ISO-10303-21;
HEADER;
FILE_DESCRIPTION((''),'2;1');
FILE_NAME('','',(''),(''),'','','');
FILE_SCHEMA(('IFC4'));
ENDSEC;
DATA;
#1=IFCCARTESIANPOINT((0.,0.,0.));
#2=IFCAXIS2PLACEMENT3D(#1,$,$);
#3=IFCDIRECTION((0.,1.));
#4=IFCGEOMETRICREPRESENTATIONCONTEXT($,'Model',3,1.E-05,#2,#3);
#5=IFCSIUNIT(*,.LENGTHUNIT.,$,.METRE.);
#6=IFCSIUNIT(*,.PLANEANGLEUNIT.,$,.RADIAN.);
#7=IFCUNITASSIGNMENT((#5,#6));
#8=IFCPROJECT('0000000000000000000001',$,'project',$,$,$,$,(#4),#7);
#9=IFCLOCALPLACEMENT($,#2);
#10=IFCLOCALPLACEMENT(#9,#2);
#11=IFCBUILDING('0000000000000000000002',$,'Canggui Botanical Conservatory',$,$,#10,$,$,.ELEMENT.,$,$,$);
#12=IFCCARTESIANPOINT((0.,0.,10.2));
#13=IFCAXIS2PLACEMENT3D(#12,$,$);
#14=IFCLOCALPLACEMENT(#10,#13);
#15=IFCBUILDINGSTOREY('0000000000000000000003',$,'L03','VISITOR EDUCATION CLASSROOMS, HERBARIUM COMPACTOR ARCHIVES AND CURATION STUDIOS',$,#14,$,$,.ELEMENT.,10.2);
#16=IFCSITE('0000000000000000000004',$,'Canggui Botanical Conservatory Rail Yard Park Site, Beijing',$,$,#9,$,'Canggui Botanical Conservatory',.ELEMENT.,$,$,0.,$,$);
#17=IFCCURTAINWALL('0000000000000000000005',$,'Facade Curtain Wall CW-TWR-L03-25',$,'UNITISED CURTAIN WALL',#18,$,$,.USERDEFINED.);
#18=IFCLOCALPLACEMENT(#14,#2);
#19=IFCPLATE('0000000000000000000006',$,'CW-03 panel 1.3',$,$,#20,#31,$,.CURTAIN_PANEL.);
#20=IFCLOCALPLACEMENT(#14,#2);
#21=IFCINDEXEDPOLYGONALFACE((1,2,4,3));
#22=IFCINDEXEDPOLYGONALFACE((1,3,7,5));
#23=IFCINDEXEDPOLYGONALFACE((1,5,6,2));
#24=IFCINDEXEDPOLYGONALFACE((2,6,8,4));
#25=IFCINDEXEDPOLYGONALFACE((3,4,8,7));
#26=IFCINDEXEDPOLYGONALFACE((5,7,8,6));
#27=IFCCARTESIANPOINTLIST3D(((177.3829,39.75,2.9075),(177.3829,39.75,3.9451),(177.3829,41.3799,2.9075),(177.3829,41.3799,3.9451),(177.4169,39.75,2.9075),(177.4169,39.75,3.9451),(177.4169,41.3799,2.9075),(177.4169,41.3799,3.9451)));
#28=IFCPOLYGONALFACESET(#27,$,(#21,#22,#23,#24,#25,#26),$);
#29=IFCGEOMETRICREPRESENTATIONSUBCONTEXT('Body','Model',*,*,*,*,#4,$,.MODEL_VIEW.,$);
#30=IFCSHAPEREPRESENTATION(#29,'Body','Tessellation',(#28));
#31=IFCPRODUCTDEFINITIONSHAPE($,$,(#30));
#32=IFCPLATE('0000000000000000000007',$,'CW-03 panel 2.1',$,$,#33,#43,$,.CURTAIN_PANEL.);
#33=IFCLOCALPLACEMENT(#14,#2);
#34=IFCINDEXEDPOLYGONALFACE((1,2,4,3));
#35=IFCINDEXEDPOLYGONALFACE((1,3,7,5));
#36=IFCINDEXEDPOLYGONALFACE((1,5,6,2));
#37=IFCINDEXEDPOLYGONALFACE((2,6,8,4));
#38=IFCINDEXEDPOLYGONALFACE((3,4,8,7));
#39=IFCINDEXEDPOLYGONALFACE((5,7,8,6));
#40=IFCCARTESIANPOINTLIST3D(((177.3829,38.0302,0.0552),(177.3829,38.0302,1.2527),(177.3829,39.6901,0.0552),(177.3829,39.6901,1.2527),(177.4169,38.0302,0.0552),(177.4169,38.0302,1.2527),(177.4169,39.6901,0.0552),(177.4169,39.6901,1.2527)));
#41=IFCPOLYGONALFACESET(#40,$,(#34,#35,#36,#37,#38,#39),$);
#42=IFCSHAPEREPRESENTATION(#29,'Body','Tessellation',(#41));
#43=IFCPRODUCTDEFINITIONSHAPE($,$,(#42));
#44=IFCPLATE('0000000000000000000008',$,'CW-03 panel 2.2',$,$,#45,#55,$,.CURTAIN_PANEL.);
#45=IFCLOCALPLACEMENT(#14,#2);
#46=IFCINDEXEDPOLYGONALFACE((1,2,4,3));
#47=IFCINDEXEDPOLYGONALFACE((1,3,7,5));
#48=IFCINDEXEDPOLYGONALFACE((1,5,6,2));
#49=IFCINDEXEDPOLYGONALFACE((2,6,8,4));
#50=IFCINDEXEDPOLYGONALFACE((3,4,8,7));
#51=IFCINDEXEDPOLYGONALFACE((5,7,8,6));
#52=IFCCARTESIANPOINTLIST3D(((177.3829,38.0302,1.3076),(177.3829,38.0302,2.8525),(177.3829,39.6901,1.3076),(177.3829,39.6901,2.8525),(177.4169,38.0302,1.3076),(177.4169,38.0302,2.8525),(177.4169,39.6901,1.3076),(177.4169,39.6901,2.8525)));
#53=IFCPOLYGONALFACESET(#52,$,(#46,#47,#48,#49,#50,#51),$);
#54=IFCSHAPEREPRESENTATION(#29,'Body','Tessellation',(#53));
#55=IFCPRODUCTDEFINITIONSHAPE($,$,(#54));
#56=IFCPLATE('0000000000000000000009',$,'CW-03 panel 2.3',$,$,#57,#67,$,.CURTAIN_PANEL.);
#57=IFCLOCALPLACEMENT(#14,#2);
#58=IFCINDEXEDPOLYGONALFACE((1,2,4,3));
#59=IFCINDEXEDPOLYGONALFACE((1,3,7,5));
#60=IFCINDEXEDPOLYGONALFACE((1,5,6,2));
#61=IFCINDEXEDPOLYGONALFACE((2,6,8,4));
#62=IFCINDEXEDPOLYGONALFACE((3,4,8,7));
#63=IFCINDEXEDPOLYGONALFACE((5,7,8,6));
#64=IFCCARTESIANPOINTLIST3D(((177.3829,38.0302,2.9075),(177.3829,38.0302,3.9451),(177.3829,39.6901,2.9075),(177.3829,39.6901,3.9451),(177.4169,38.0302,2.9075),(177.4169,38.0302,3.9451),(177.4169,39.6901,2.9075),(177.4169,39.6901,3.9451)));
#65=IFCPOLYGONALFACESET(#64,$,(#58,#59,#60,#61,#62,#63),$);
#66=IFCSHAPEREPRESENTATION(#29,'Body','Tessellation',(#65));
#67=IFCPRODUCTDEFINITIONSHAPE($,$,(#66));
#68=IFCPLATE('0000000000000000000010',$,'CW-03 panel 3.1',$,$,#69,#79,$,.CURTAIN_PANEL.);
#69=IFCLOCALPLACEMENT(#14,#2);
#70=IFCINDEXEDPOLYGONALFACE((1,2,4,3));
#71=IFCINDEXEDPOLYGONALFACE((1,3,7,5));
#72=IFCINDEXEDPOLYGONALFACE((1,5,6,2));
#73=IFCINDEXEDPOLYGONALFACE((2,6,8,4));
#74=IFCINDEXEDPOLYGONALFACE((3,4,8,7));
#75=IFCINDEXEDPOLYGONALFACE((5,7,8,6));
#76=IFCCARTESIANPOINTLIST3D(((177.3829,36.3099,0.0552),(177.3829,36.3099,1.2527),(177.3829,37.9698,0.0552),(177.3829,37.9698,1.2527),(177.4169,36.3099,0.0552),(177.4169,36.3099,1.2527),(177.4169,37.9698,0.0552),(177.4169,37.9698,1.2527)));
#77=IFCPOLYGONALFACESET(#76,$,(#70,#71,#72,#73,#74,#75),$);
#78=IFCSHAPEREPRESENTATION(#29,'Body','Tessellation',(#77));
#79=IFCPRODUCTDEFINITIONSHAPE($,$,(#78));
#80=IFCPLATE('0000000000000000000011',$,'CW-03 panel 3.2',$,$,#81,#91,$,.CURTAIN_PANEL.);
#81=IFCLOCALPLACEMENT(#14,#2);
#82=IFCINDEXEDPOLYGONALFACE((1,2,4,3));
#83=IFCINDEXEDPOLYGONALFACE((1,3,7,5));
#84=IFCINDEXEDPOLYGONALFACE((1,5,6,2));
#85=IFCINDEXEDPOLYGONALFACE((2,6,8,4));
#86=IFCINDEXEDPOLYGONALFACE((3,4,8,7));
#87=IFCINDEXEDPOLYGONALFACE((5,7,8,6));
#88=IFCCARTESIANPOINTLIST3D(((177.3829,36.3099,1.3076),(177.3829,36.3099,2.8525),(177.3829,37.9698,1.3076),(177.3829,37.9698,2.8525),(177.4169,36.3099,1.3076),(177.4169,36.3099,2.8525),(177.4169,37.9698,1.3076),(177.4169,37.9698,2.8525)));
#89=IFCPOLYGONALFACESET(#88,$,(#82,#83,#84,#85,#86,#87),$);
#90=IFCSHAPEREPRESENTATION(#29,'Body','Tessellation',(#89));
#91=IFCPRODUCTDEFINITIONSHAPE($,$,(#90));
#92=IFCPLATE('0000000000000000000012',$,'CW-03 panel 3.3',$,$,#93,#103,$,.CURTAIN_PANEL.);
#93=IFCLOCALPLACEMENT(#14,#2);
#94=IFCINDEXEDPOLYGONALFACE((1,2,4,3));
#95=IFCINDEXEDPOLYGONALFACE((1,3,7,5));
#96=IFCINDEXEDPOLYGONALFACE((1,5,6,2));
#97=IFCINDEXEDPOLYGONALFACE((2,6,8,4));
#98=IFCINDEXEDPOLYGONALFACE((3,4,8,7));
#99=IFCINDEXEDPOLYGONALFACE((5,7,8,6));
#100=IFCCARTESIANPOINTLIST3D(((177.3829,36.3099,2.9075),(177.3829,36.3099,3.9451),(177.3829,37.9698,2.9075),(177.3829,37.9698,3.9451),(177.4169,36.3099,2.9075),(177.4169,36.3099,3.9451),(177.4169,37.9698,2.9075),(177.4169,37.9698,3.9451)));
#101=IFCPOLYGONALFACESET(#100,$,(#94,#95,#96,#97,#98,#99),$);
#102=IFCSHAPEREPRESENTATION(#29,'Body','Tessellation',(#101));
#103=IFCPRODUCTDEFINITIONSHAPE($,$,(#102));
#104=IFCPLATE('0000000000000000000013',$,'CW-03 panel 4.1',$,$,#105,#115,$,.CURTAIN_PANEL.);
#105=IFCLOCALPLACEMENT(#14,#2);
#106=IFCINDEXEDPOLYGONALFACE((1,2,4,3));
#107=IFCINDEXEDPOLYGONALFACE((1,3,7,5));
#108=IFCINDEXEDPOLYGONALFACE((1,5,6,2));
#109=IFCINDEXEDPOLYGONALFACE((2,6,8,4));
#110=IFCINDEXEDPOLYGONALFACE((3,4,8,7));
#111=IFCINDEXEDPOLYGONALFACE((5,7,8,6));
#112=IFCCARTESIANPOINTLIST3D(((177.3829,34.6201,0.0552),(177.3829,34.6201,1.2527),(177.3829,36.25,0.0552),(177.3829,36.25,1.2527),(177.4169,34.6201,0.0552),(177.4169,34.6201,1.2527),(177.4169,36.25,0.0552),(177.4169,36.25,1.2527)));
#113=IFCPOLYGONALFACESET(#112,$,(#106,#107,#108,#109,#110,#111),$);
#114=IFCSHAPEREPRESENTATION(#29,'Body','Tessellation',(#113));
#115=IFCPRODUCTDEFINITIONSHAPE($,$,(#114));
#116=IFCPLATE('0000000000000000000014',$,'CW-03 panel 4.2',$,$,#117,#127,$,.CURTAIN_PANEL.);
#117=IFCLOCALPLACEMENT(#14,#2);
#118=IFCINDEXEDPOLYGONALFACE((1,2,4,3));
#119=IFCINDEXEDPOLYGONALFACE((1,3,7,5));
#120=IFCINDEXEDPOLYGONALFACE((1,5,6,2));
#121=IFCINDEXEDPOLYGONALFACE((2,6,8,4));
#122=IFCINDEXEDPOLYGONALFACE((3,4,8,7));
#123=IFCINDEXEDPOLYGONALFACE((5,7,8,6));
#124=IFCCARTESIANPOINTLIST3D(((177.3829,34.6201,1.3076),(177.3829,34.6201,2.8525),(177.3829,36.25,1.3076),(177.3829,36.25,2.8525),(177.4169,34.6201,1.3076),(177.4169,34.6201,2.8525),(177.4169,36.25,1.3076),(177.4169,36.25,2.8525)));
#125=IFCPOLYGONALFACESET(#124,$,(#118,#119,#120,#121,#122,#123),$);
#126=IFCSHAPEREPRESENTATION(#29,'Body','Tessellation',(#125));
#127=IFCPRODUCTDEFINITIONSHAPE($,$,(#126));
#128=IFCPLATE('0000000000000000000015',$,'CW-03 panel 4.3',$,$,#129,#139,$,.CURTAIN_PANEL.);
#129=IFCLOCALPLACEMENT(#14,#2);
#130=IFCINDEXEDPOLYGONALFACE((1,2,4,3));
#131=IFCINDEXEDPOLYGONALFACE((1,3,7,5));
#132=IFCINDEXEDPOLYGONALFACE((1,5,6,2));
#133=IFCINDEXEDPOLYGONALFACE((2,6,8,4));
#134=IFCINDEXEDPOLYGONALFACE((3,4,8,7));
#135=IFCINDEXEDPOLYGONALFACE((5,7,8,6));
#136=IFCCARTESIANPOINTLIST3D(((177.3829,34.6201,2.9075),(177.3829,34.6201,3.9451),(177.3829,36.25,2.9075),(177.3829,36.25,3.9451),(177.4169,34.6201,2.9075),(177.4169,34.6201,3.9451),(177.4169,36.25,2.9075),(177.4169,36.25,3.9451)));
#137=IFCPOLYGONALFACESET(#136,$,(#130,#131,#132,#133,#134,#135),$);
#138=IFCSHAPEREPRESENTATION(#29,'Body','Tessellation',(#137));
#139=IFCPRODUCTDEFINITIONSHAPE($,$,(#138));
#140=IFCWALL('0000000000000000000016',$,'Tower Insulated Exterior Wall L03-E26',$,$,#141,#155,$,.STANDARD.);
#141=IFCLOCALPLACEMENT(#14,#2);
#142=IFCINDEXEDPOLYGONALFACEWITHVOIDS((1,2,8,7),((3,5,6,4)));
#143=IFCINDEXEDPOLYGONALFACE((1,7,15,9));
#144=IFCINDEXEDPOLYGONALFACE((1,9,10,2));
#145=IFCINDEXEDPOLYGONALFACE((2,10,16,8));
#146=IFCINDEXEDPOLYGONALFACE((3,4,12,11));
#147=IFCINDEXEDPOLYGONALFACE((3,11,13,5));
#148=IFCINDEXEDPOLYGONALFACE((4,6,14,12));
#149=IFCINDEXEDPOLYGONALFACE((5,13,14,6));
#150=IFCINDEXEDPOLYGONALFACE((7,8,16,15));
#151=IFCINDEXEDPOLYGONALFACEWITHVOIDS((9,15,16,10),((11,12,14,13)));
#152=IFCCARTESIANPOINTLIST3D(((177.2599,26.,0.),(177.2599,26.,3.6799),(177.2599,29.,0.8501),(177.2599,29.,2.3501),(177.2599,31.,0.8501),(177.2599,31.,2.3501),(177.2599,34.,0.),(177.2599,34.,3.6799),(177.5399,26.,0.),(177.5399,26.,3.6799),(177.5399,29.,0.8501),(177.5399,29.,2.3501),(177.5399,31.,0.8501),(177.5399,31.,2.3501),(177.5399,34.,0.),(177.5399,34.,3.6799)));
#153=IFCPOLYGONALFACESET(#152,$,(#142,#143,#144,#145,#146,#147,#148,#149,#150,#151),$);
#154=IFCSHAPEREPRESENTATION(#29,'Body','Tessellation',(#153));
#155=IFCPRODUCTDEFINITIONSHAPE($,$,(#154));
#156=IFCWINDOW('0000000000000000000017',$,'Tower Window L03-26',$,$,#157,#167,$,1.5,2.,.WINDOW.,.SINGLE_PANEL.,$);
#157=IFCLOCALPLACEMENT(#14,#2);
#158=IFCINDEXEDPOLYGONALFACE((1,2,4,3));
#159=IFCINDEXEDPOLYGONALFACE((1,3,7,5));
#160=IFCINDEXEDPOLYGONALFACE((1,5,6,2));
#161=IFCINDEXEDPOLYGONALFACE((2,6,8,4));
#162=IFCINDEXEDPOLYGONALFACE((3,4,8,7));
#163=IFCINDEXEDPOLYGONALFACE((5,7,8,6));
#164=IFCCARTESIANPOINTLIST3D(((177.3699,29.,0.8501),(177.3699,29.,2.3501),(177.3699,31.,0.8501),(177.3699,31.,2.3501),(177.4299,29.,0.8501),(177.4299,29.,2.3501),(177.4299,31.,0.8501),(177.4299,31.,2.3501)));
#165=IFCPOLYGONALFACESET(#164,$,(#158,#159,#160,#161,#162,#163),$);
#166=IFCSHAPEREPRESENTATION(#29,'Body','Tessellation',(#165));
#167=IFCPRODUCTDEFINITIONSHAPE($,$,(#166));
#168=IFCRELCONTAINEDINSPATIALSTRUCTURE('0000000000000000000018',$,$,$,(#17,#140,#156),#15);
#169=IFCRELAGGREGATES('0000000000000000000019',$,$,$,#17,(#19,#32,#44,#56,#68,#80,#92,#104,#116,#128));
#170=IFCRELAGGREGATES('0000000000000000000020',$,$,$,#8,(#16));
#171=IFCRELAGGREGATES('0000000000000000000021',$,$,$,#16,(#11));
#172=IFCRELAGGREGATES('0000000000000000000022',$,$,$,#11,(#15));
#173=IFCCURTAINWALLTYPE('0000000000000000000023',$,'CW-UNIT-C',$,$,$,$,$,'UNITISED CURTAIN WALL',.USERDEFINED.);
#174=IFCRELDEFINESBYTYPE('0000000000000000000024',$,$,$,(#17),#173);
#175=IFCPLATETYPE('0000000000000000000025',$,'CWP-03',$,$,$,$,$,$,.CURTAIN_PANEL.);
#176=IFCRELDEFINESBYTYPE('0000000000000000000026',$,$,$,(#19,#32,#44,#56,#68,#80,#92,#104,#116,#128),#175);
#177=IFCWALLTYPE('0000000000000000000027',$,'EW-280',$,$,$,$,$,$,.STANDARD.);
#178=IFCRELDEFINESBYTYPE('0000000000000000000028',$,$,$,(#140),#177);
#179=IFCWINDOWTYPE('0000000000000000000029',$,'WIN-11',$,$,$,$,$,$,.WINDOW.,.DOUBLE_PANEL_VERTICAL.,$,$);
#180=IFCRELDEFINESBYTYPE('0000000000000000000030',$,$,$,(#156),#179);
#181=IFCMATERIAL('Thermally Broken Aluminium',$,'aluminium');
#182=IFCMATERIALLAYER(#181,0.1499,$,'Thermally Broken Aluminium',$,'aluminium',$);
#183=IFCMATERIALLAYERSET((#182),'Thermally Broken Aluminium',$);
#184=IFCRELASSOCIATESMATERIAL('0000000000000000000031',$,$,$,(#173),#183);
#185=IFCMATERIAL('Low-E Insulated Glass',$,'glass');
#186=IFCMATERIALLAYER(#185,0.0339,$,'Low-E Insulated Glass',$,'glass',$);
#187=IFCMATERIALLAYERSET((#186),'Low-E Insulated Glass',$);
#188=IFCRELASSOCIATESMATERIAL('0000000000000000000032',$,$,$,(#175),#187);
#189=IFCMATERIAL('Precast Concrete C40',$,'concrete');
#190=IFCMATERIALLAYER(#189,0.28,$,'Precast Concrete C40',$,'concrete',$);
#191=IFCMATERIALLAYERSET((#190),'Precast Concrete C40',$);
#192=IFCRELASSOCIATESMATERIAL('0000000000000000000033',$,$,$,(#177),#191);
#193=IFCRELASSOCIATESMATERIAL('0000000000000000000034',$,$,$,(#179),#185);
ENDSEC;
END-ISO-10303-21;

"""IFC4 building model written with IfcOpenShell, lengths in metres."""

from ifc_helpers import new_model, si_unit, direction, frame, frame_2d, origin, origin_2d, place, context, subcontext, project, spatial, rectangle, extrude, material, layer, layer_set, type_object, element, fill, aggregate, save


model = new_model("IFC4")

# Units and contexts
model_context = context("Model", 3, precision=1e-05, world=origin(), true_north=direction((0.0, 1.0)))
body_context = subcontext(model_context, "Body", "Model", "MODEL_VIEW")
ifc_project = project(units=[si_unit("LENGTHUNIT", "METRE"), si_unit("PLANEANGLEUNIT", "RADIAN")], contexts=[model_context])

# Site, building, storey
site_placement = place(None, origin())
site = spatial("IfcSite", under=ifc_project, at=site_placement, Name="Canggui Botanical Conservatory Rail Yard Park Site, Beijing", LongName="Canggui Botanical Conservatory", CompositionType="ELEMENT", RefElevation=0.0)
building_placement = place(site_placement, origin())
building = spatial("IfcBuilding", under=site, at=building_placement, Name="Canggui Botanical Conservatory", CompositionType="ELEMENT")
storey_placement = place(building_placement, frame((0.0, 0.0, 10.2)))
storey = spatial("IfcBuildingStorey", under=building, at=storey_placement, Name="L03", Description="VISITOR EDUCATION CLASSROOMS, HERBARIUM COMPACTOR ARCHIVES AND CURATION STUDIOS", CompositionType="ELEMENT", Elevation=10.2)

# Curtain wall, plates
ifc_material_1 = material(Name="Thermally Broken Aluminium", Category="aluminium")
ifc_layer_1 = layer(ifc_material_1, 0.1499, Name="Thermally Broken Aluminium", Category="aluminium")
ifc_layer_set_1 = layer_set([ifc_layer_1], Name="Thermally Broken Aluminium")
curtain_wall_type = type_object("IfcCurtainWallType", Name="CW-UNIT-C", ElementType="UNITISED CURTAIN WALL", PredefinedType="USERDEFINED", material=ifc_layer_set_1)
curtain_wall_placement = place(storey_placement, origin())
curtain_wall = element("IfcCurtainWall", 1, at=curtain_wall_placement, inside=storey, type_object=curtain_wall_type, Name="Facade Curtain Wall CW-TWR-L03-25", ObjectType="UNITISED CURTAIN WALL", PredefinedType="USERDEFINED")
ifc_material_2 = material(Name="Low-E Insulated Glass", Category="glass")
ifc_layer_2 = layer(ifc_material_2, 0.0339, Name="Low-E Insulated Glass", Category="glass")
ifc_layer_set_2 = layer_set([ifc_layer_2], Name="Low-E Insulated Glass")
plate_type = type_object("IfcPlateType", Name="CWP-03", PredefinedType="CURTAIN_PANEL", material=ifc_layer_set_2)
plate_1_placement = place(storey_placement, frame((177.3999, 40.5649, 2.9075), z_axis=(0.0, 0.0, 1.0), x_axis=(0.0, -1.0, 0.0)))
plate_1 = element("IfcPlate", 2, at=plate_1_placement, type_object=plate_type, Name="CW-03 panel 1.3", PredefinedType="CURTAIN_PANEL", context=body_context, shape_type="SweptSolid", body=[
    extrude(rectangle(XDim=1.6299, YDim=0.0339, at=origin_2d()), origin(), (0.0, 0.0, 1.0), 1.0376),
])
plate_2_placement = place(storey_placement, frame((177.3999, 38.8601, 0.0552), z_axis=(0.0, 0.0, 1.0), x_axis=(0.0, -1.0, 0.0)))
plate_2 = element("IfcPlate", 3, at=plate_2_placement, type_object=plate_type, Name="CW-03 panel 2.1", PredefinedType="CURTAIN_PANEL", context=body_context, shape_type="SweptSolid", body=[
    extrude(rectangle(XDim=1.6599, YDim=0.0339, at=origin_2d()), origin(), (0.0, 0.0, 1.0), 1.1975),
])
plate_3_placement = place(storey_placement, frame((177.3999, 38.8601, 1.3076), z_axis=(0.0, 0.0, 1.0), x_axis=(0.0, -1.0, 0.0)))
plate_3 = element("IfcPlate", 4, at=plate_3_placement, type_object=plate_type, Name="CW-03 panel 2.2", PredefinedType="CURTAIN_PANEL", context=body_context, shape_type="SweptSolid", body=[
    extrude(rectangle(XDim=1.6599, YDim=0.0339, at=origin_2d()), origin(), (0.0, 0.0, 1.0), 1.5449),
])
plate_4_placement = place(storey_placement, frame((177.3999, 38.8601, 2.9075), z_axis=(0.0, 0.0, 1.0), x_axis=(0.0, -1.0, 0.0)))
plate_4 = element("IfcPlate", 5, at=plate_4_placement, type_object=plate_type, Name="CW-03 panel 2.3", PredefinedType="CURTAIN_PANEL", context=body_context, shape_type="SweptSolid", body=[
    extrude(rectangle(XDim=1.6599, YDim=0.0339, at=origin_2d()), origin(), (0.0, 0.0, 1.0), 1.0376),
])
plate_5_placement = place(storey_placement, frame((177.3999, 37.1399, 0.0552), z_axis=(0.0, 0.0, 1.0), x_axis=(0.0, -1.0, 0.0)))
plate_5 = element("IfcPlate", 6, at=plate_5_placement, type_object=plate_type, Name="CW-03 panel 3.1", PredefinedType="CURTAIN_PANEL", context=body_context, shape_type="SweptSolid", body=[
    extrude(rectangle(XDim=1.6599, YDim=0.0339, at=origin_2d()), origin(), (0.0, 0.0, 1.0), 1.1975),
])
plate_6_placement = place(storey_placement, frame((177.3999, 37.1399, 1.3076), z_axis=(0.0, 0.0, 1.0), x_axis=(0.0, -1.0, 0.0)))
plate_6 = element("IfcPlate", 7, at=plate_6_placement, type_object=plate_type, Name="CW-03 panel 3.2", PredefinedType="CURTAIN_PANEL", context=body_context, shape_type="SweptSolid", body=[
    extrude(rectangle(XDim=1.6599, YDim=0.0339, at=origin_2d()), origin(), (0.0, 0.0, 1.0), 1.5449),
])
plate_7_placement = place(storey_placement, frame((177.3999, 37.1399, 2.9075), z_axis=(0.0, 0.0, 1.0), x_axis=(0.0, -1.0, 0.0)))
plate_7 = element("IfcPlate", 8, at=plate_7_placement, type_object=plate_type, Name="CW-03 panel 3.3", PredefinedType="CURTAIN_PANEL", context=body_context, shape_type="SweptSolid", body=[
    extrude(rectangle(XDim=1.6599, YDim=0.0339, at=origin_2d()), origin(), (0.0, 0.0, 1.0), 1.0376),
])
plate_8_placement = place(storey_placement, frame((177.3999, 35.4351, 0.0552), z_axis=(0.0, 0.0, 1.0), x_axis=(0.0, -1.0, 0.0)))
plate_8 = element("IfcPlate", 9, at=plate_8_placement, type_object=plate_type, Name="CW-03 panel 4.1", PredefinedType="CURTAIN_PANEL", context=body_context, shape_type="SweptSolid", body=[
    extrude(rectangle(XDim=1.6299, YDim=0.0339, at=origin_2d()), origin(), (0.0, 0.0, 1.0), 1.1975),
])
plate_9_placement = place(storey_placement, frame((177.3999, 35.4351, 1.3076), z_axis=(0.0, 0.0, 1.0), x_axis=(0.0, -1.0, 0.0)))
plate_9 = element("IfcPlate", 10, at=plate_9_placement, type_object=plate_type, Name="CW-03 panel 4.2", PredefinedType="CURTAIN_PANEL", context=body_context, shape_type="SweptSolid", body=[
    extrude(rectangle(XDim=1.6299, YDim=0.0339, at=origin_2d()), origin(), (0.0, 0.0, 1.0), 1.5449),
])
plate_10_placement = place(storey_placement, frame((177.3999, 35.4351, 2.9075), z_axis=(0.0, 0.0, 1.0), x_axis=(0.0, -1.0, 0.0)))
plate_10 = element("IfcPlate", 11, at=plate_10_placement, type_object=plate_type, Name="CW-03 panel 4.3", PredefinedType="CURTAIN_PANEL", context=body_context, shape_type="SweptSolid", body=[
    extrude(rectangle(XDim=1.6299, YDim=0.0339, at=origin_2d()), origin(), (0.0, 0.0, 1.0), 1.0376),
])
aggregate(curtain_wall, [plate_1, plate_2, plate_3, plate_4, plate_5, plate_6, plate_7, plate_8, plate_9, plate_10])

# Wall, opening, window
ifc_material_3 = material(Name="Precast Concrete C40", Category="concrete")
ifc_layer_3 = layer(ifc_material_3, 0.28, Name="Precast Concrete C40", Category="concrete")
ifc_layer_set_3 = layer_set([ifc_layer_3], Name="Precast Concrete C40")
wall_type = type_object("IfcWallType", Name="EW-280", PredefinedType="STANDARD", material=ifc_layer_set_3)
wall_placement = place(storey_placement, frame((177.3999, 34.0, 0.0), z_axis=(0.0, 0.0, 1.0), x_axis=(0.0, -1.0, 0.0)))
wall = element("IfcWall", 12, at=wall_placement, inside=storey, type_object=wall_type, Name="Tower Insulated Exterior Wall L03-E26", PredefinedType="STANDARD", context=body_context, shape_type="SweptSolid", body=[
    extrude(rectangle(XDim=8.0, YDim=0.28, at=frame_2d((4.0, 0.0))), origin(), (0.0, 0.0, 1.0), 3.6799),
])
opening_placement = place(wall_placement, frame((3.0, 0.0, 0.8501)))
opening = element("IfcOpeningElement", 13, at=opening_placement, cuts=wall, PredefinedType="OPENING", context=body_context, shape_type="SweptSolid", body=[
    extrude(rectangle(XDim=2.0, YDim=1.5, at=frame_2d((1.0, 0.75))), frame((0.0, 0.1499, 0.0), z_axis=(0.0, -1.0, 0.0), x_axis=(1.0, 0.0, 0.0)), (0.0, 0.0, 1.0), 0.3),
])
window_type = type_object("IfcWindowType", Name="WIN-11", PartitioningType="DOUBLE_PANEL_VERTICAL", PredefinedType="WINDOW", material=ifc_material_2)
window_placement = place(opening_placement, origin())
window = element("IfcWindow", 14, at=window_placement, inside=storey, type_object=window_type, Name="Tower Window L03-26", OverallHeight=1.5, OverallWidth=2.0, PartitioningType="SINGLE_PANEL", PredefinedType="WINDOW", context=body_context, shape_type="SweptSolid", body=[
    extrude(rectangle(XDim=2.0, YDim=1.5, at=frame_2d((1.0, 0.75))), frame((0.0, 0.03, 0.0), z_axis=(0.0, -1.0, 0.0), x_axis=(1.0, 0.0, 0.0)), (0.0, 0.0, 1.0), 0.0601),
])
fill(opening, window)

save(model, "model.ifc")
